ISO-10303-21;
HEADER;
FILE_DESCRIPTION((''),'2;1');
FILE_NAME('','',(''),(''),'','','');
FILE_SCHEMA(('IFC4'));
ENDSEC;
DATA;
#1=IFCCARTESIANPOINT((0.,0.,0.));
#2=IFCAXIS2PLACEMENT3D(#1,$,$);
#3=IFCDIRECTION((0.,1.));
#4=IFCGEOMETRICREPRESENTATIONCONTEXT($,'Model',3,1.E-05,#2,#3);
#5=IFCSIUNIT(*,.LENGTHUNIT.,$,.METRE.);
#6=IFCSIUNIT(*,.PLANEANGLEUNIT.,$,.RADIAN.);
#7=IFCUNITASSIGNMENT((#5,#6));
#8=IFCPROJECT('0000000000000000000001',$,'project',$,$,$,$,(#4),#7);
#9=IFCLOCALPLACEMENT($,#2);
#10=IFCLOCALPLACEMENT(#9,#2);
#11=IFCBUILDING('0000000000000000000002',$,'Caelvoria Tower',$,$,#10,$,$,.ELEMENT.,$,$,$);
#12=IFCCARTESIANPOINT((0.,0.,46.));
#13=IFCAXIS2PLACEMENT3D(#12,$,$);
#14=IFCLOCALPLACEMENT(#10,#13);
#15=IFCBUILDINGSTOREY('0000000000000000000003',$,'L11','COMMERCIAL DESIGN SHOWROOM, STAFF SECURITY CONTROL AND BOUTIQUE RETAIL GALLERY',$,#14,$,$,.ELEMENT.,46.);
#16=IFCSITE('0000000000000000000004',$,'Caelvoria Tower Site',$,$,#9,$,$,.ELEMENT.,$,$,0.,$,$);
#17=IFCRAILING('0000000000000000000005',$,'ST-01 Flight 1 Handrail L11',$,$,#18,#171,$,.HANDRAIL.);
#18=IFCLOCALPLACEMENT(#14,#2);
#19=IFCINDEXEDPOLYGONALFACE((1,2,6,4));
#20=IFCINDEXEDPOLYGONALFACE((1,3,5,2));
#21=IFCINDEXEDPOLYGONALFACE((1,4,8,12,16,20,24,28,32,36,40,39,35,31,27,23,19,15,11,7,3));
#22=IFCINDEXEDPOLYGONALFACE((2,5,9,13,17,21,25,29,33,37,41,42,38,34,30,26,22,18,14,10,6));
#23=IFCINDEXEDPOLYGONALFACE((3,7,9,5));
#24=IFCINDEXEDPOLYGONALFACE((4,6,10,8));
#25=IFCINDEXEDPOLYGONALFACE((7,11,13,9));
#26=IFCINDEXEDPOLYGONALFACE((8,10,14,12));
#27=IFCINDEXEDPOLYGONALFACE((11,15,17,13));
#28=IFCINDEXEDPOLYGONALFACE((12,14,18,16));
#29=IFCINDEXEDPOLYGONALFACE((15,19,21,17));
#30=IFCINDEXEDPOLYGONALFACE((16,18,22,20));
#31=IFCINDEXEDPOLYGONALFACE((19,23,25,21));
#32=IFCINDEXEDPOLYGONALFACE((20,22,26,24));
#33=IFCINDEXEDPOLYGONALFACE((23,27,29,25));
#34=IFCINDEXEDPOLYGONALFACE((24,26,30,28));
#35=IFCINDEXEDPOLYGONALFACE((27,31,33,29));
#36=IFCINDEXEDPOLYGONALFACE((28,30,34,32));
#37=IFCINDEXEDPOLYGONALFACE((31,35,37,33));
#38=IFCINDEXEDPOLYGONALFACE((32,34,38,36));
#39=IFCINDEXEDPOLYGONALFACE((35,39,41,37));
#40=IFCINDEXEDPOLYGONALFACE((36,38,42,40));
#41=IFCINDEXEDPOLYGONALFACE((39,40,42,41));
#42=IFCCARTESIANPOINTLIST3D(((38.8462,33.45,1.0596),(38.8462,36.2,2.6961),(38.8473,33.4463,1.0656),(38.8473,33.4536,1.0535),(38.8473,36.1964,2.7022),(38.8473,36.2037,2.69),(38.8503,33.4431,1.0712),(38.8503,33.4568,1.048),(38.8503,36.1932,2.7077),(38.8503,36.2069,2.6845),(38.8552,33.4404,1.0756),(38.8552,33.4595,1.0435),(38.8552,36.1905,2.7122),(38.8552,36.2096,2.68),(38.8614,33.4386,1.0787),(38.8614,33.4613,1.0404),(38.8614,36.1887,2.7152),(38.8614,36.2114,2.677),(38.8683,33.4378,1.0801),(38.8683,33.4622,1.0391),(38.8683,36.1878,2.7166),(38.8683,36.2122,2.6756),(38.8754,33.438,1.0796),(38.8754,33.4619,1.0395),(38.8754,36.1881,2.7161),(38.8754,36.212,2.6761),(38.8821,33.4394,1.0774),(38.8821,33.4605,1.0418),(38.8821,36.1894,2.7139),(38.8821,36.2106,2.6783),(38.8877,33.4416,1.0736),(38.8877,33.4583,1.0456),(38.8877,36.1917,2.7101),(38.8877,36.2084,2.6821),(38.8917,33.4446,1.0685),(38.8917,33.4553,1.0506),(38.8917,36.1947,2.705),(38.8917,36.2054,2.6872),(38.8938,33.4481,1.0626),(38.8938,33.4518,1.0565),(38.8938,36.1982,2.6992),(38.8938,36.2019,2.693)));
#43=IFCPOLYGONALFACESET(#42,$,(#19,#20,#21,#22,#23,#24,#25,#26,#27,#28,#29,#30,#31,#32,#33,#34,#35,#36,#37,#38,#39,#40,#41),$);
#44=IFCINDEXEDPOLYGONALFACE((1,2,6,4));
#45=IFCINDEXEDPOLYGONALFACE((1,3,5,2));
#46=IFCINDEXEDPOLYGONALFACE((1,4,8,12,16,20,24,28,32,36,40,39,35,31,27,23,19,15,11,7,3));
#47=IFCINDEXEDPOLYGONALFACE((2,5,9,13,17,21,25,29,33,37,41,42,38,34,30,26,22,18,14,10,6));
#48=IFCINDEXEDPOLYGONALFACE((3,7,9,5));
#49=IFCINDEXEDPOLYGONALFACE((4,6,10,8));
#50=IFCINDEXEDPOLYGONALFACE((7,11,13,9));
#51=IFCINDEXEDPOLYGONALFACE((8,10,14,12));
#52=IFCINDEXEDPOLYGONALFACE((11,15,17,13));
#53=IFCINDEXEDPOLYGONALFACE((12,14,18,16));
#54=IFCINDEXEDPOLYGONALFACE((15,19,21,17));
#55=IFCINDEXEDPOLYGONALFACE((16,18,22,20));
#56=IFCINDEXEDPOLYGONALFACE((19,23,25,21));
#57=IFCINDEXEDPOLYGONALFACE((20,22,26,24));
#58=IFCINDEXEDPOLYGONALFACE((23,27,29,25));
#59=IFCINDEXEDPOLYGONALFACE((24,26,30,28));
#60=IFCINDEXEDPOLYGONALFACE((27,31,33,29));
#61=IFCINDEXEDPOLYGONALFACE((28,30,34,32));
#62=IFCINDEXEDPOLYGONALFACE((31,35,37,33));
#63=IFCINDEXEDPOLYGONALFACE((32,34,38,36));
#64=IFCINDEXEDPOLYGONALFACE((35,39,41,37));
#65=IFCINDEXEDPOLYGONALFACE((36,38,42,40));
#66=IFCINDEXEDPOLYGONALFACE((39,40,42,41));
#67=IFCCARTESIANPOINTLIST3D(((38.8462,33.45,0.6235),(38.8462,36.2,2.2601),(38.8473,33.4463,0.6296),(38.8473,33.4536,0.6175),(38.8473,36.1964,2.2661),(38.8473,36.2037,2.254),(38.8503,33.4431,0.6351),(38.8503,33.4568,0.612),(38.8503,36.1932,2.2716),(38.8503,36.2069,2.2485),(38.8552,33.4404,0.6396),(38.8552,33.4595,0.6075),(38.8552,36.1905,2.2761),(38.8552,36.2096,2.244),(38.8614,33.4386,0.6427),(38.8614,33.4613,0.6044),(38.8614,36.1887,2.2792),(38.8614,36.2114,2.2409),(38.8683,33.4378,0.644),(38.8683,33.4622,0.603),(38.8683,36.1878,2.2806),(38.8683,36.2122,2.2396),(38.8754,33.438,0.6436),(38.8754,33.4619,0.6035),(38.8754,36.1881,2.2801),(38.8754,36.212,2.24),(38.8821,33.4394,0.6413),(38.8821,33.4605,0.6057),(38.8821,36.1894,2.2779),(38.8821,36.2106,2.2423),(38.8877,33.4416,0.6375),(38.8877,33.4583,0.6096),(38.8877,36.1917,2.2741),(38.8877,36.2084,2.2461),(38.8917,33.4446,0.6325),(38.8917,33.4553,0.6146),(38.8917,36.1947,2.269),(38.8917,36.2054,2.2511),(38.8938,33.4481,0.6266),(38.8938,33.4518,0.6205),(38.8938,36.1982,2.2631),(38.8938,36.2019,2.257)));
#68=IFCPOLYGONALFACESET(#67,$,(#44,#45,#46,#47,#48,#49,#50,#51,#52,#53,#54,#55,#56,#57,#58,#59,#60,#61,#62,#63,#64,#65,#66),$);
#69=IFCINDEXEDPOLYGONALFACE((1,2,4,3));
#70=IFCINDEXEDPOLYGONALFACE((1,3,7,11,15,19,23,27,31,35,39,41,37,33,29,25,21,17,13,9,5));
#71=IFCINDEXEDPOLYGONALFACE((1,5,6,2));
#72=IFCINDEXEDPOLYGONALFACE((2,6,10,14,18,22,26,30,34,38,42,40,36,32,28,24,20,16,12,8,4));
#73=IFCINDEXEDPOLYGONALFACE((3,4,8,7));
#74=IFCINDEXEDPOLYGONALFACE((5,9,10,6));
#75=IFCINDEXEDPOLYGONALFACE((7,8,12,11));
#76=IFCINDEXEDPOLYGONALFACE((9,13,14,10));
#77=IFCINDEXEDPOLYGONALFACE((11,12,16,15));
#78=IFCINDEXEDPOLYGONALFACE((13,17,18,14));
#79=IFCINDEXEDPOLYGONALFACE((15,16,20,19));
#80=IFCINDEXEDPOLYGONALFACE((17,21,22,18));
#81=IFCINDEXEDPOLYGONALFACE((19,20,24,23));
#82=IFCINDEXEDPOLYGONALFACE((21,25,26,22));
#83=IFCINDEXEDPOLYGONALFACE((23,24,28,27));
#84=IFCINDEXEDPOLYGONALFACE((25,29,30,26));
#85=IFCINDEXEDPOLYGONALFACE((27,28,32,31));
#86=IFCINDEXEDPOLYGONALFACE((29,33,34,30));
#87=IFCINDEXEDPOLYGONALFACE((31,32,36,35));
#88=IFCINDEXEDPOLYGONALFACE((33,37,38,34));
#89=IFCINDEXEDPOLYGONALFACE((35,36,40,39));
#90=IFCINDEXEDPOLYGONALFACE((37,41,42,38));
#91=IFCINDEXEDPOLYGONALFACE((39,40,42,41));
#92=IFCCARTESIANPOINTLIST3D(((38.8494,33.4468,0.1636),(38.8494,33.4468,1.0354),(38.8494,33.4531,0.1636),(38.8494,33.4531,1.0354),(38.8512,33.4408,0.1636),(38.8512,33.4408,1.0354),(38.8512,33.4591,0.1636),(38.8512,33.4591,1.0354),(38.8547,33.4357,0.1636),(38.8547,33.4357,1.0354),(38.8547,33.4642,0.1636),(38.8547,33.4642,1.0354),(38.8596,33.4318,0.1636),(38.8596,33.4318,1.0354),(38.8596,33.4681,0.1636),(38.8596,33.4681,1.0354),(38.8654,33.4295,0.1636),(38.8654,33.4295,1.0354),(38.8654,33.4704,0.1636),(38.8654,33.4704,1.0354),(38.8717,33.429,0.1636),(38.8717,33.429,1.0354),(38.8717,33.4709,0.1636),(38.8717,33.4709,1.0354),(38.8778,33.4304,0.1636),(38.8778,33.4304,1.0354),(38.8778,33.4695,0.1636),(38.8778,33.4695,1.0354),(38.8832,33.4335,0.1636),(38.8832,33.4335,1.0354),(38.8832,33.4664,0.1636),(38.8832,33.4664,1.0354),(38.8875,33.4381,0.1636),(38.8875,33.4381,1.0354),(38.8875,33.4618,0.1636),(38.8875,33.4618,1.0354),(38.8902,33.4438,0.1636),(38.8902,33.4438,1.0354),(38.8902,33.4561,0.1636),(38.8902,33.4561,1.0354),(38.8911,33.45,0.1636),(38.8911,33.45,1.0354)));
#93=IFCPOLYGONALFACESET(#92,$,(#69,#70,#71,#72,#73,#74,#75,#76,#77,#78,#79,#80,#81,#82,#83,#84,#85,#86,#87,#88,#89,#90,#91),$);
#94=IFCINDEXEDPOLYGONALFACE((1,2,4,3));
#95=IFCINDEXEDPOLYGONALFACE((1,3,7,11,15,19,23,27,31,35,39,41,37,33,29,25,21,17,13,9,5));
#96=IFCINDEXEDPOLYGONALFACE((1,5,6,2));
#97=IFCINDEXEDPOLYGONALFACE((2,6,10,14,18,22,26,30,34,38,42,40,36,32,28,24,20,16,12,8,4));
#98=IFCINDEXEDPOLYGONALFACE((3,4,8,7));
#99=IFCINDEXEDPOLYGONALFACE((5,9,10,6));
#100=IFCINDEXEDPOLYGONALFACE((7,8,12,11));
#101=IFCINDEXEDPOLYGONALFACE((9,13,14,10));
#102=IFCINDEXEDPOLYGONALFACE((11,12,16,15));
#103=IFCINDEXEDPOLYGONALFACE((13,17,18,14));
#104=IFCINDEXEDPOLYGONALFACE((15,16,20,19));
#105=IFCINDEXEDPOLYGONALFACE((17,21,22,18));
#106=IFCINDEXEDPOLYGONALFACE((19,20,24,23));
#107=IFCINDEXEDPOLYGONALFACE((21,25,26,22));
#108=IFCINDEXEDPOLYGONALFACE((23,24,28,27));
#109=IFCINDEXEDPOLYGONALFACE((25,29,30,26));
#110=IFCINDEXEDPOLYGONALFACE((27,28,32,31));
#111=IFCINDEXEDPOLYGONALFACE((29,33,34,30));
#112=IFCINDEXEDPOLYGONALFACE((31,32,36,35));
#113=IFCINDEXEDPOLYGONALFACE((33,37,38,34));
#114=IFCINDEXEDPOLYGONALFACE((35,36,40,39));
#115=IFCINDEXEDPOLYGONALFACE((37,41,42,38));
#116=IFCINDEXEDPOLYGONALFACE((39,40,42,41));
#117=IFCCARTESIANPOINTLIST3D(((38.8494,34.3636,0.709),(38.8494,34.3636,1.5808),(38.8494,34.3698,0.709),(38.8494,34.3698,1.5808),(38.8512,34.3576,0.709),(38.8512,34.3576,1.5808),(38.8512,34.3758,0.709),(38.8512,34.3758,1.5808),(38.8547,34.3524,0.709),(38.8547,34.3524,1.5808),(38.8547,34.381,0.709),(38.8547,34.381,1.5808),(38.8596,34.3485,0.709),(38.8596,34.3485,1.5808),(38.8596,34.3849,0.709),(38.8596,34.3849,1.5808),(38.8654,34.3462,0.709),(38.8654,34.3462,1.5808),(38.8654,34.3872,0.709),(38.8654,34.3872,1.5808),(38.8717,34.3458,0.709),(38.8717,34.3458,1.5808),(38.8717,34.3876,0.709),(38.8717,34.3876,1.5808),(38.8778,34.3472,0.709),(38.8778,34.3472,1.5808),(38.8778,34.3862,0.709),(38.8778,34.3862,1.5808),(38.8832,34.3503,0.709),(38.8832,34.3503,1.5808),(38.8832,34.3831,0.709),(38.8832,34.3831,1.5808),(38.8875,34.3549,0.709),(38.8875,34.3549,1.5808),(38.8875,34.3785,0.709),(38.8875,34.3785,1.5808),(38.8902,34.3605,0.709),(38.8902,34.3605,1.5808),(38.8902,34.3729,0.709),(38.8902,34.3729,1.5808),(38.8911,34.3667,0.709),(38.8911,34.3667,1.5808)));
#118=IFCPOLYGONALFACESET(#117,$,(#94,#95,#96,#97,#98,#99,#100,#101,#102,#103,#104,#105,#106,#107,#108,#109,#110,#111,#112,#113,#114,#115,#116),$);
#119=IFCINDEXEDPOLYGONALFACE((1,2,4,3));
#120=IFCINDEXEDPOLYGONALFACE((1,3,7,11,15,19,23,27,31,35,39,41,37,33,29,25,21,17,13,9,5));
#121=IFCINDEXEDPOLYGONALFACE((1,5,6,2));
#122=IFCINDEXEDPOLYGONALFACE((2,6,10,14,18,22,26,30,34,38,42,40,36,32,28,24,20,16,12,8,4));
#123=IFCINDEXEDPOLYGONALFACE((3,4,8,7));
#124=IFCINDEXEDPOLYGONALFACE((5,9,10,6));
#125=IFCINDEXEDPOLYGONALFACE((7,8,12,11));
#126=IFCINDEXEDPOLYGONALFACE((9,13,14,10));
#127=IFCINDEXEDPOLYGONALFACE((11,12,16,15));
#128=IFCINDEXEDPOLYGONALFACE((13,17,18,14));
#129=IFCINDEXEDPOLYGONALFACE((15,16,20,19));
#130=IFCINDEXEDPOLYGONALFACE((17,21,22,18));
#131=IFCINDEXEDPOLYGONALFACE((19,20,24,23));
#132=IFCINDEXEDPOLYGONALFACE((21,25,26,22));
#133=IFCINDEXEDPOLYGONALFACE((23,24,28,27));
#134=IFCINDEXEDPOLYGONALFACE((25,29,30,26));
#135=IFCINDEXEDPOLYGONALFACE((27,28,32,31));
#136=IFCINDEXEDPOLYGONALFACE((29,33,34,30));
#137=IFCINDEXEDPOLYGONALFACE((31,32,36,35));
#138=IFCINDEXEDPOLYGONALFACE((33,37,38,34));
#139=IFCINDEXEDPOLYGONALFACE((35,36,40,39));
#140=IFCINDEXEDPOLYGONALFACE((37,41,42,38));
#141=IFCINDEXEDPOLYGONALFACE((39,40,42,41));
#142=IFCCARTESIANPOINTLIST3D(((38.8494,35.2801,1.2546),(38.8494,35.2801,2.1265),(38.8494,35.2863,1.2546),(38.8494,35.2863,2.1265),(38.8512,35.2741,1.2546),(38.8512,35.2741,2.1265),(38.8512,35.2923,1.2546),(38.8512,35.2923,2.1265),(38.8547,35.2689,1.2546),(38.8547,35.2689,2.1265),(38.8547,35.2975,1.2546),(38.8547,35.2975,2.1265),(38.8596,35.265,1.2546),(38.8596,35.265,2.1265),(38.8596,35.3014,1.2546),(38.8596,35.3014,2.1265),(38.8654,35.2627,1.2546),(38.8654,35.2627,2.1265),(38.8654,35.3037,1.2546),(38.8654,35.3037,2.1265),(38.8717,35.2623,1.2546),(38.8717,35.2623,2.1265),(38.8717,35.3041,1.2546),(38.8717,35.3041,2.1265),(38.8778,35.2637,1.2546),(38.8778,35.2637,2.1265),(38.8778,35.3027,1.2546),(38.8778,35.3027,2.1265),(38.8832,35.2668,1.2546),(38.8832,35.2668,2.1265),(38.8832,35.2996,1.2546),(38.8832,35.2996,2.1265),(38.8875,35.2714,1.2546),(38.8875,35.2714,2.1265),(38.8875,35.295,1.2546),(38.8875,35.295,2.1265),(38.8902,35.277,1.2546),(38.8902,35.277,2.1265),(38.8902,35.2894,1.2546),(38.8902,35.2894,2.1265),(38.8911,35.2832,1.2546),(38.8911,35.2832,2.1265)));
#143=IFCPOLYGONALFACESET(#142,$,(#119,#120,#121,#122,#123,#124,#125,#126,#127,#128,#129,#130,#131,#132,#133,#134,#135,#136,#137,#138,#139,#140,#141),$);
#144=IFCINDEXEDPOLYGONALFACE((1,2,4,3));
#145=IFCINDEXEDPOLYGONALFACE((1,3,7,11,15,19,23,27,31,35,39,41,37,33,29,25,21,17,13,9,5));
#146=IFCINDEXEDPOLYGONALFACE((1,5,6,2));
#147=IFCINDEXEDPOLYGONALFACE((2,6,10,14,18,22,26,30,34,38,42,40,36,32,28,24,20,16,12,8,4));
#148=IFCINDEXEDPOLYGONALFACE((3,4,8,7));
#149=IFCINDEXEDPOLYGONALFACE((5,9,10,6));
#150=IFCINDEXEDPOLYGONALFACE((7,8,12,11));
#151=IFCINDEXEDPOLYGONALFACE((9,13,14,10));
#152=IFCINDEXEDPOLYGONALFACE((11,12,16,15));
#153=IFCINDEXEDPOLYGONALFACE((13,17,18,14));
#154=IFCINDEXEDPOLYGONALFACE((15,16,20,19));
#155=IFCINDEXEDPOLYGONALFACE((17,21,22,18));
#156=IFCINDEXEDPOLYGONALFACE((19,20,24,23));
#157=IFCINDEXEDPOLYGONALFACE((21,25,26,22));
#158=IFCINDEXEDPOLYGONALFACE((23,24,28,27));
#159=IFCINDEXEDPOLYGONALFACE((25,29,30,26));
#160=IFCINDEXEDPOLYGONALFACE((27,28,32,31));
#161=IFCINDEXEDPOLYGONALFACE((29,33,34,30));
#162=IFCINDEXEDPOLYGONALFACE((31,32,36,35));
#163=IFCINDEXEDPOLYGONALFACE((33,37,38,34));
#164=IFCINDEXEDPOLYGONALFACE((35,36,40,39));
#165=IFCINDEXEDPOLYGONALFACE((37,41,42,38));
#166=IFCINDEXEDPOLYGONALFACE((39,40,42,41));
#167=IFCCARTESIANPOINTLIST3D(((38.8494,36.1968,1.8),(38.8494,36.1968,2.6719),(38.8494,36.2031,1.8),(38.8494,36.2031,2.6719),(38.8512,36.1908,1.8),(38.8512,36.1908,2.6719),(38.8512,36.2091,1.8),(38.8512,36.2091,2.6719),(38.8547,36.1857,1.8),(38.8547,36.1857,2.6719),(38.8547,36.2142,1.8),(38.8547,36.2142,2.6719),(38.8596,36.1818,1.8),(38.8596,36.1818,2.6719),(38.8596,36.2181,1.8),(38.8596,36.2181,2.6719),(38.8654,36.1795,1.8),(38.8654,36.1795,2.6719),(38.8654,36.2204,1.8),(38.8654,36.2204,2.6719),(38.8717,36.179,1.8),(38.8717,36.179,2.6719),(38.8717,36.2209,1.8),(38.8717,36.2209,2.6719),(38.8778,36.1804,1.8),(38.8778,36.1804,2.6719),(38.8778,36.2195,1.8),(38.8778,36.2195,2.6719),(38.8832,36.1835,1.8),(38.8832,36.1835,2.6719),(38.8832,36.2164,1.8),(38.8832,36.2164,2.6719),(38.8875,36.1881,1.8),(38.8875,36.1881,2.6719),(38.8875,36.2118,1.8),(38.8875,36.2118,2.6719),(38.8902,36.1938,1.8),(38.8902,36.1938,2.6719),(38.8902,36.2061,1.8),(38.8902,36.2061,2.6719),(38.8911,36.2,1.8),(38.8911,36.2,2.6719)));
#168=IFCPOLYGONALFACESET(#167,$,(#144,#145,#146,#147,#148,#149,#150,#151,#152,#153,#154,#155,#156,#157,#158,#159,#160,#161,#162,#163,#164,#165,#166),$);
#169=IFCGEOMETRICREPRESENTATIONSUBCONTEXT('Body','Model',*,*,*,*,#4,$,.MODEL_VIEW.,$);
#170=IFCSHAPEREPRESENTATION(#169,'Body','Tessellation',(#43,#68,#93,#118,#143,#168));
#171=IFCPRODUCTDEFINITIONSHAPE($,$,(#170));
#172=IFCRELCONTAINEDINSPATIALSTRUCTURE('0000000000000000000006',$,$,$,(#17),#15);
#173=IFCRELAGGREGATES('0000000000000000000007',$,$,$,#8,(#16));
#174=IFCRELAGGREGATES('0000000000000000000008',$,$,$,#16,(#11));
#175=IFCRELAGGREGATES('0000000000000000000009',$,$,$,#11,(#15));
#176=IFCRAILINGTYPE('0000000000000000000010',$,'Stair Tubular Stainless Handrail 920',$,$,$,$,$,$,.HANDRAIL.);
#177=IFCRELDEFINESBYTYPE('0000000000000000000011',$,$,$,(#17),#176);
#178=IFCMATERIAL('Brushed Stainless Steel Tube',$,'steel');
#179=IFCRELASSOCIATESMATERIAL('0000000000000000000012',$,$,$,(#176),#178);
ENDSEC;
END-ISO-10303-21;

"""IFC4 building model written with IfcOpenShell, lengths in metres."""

from ifc_helpers import new_model, si_unit, direction, frame, origin, origin_2d, place, context, subcontext, project, spatial, circle, extrude, material, type_object, element, save


model = new_model("IFC4")

# Units and contexts
model_context = context("Model", 3, precision=1e-05, world=origin(), true_north=direction((0.0, 1.0)))
body_context = subcontext(model_context, "Body", "Model", "MODEL_VIEW")
ifc_project = project(units=[si_unit("LENGTHUNIT", "METRE"), si_unit("PLANEANGLEUNIT", "RADIAN")], contexts=[model_context])

# Site, building, storey
site_placement = place(None, origin())
site = spatial("IfcSite", under=ifc_project, at=site_placement, Name="Caelvoria Tower Site", CompositionType="ELEMENT", RefElevation=0.0)
building_placement = place(site_placement, origin())
building = spatial("IfcBuilding", under=site, at=building_placement, Name="Caelvoria Tower", CompositionType="ELEMENT")
storey_placement = place(building_placement, frame((0.0, 0.0, 46.0)))
storey = spatial("IfcBuildingStorey", under=building, at=storey_placement, Name="L11", Description="COMMERCIAL DESIGN SHOWROOM, STAFF SECURITY CONTROL AND BOUTIQUE RETAIL GALLERY", CompositionType="ELEMENT", Elevation=46.0)

# Railing
ifc_material_1 = material(Name="Brushed Stainless Steel Tube", Category="steel")
railing_type_1 = type_object("IfcRailingType", Name="Stair Tubular Stainless Handrail 920", PredefinedType="HANDRAIL", material=ifc_material_1)
railing_1_placement = place(storey_placement, frame((38.8701, 33.45, 0.1636)))
element("IfcRailing", 1, at=railing_1_placement, inside=storey, type_object=railing_type_1, Name="ST-01 Flight 1 Handrail L11", PredefinedType="HANDRAIL", context=body_context, shape_type="SweptSolid", body=[
    extrude(circle(Radius=0.0239, at=origin_2d()), frame((0.0, 0.0, 0.896), z_axis=(0.0, 0.859352, 0.511385), x_axis=(-1.0, 0.0, 0.0)), (0.0, 0.0, 1.0), 3.2002),
    extrude(circle(Radius=0.0239, at=origin_2d()), frame((0.0, 0.0, 0.46), z_axis=(0.0, 0.859352, 0.511385), x_axis=(-1.0, 0.0, 0.0)), (0.0, 0.0, 1.0), 3.2002),
    extrude(circle(Radius=0.021, at=origin_2d()), origin(), (0.0, 0.0, 1.0), 0.8718),
    extrude(circle(Radius=0.021, at=origin_2d()), frame((0.0, 0.9167, 0.5454)), (0.0, 0.0, 1.0), 0.8718),
    extrude(circle(Radius=0.021, at=origin_2d()), frame((0.0, 1.8333, 1.0911)), (0.0, 0.0, 1.0), 0.8718),
    extrude(circle(Radius=0.021, at=origin_2d()), frame((0.0, 2.75, 1.6365)), (0.0, 0.0, 1.0), 0.8718),
])

save(model, "model.ifc")
